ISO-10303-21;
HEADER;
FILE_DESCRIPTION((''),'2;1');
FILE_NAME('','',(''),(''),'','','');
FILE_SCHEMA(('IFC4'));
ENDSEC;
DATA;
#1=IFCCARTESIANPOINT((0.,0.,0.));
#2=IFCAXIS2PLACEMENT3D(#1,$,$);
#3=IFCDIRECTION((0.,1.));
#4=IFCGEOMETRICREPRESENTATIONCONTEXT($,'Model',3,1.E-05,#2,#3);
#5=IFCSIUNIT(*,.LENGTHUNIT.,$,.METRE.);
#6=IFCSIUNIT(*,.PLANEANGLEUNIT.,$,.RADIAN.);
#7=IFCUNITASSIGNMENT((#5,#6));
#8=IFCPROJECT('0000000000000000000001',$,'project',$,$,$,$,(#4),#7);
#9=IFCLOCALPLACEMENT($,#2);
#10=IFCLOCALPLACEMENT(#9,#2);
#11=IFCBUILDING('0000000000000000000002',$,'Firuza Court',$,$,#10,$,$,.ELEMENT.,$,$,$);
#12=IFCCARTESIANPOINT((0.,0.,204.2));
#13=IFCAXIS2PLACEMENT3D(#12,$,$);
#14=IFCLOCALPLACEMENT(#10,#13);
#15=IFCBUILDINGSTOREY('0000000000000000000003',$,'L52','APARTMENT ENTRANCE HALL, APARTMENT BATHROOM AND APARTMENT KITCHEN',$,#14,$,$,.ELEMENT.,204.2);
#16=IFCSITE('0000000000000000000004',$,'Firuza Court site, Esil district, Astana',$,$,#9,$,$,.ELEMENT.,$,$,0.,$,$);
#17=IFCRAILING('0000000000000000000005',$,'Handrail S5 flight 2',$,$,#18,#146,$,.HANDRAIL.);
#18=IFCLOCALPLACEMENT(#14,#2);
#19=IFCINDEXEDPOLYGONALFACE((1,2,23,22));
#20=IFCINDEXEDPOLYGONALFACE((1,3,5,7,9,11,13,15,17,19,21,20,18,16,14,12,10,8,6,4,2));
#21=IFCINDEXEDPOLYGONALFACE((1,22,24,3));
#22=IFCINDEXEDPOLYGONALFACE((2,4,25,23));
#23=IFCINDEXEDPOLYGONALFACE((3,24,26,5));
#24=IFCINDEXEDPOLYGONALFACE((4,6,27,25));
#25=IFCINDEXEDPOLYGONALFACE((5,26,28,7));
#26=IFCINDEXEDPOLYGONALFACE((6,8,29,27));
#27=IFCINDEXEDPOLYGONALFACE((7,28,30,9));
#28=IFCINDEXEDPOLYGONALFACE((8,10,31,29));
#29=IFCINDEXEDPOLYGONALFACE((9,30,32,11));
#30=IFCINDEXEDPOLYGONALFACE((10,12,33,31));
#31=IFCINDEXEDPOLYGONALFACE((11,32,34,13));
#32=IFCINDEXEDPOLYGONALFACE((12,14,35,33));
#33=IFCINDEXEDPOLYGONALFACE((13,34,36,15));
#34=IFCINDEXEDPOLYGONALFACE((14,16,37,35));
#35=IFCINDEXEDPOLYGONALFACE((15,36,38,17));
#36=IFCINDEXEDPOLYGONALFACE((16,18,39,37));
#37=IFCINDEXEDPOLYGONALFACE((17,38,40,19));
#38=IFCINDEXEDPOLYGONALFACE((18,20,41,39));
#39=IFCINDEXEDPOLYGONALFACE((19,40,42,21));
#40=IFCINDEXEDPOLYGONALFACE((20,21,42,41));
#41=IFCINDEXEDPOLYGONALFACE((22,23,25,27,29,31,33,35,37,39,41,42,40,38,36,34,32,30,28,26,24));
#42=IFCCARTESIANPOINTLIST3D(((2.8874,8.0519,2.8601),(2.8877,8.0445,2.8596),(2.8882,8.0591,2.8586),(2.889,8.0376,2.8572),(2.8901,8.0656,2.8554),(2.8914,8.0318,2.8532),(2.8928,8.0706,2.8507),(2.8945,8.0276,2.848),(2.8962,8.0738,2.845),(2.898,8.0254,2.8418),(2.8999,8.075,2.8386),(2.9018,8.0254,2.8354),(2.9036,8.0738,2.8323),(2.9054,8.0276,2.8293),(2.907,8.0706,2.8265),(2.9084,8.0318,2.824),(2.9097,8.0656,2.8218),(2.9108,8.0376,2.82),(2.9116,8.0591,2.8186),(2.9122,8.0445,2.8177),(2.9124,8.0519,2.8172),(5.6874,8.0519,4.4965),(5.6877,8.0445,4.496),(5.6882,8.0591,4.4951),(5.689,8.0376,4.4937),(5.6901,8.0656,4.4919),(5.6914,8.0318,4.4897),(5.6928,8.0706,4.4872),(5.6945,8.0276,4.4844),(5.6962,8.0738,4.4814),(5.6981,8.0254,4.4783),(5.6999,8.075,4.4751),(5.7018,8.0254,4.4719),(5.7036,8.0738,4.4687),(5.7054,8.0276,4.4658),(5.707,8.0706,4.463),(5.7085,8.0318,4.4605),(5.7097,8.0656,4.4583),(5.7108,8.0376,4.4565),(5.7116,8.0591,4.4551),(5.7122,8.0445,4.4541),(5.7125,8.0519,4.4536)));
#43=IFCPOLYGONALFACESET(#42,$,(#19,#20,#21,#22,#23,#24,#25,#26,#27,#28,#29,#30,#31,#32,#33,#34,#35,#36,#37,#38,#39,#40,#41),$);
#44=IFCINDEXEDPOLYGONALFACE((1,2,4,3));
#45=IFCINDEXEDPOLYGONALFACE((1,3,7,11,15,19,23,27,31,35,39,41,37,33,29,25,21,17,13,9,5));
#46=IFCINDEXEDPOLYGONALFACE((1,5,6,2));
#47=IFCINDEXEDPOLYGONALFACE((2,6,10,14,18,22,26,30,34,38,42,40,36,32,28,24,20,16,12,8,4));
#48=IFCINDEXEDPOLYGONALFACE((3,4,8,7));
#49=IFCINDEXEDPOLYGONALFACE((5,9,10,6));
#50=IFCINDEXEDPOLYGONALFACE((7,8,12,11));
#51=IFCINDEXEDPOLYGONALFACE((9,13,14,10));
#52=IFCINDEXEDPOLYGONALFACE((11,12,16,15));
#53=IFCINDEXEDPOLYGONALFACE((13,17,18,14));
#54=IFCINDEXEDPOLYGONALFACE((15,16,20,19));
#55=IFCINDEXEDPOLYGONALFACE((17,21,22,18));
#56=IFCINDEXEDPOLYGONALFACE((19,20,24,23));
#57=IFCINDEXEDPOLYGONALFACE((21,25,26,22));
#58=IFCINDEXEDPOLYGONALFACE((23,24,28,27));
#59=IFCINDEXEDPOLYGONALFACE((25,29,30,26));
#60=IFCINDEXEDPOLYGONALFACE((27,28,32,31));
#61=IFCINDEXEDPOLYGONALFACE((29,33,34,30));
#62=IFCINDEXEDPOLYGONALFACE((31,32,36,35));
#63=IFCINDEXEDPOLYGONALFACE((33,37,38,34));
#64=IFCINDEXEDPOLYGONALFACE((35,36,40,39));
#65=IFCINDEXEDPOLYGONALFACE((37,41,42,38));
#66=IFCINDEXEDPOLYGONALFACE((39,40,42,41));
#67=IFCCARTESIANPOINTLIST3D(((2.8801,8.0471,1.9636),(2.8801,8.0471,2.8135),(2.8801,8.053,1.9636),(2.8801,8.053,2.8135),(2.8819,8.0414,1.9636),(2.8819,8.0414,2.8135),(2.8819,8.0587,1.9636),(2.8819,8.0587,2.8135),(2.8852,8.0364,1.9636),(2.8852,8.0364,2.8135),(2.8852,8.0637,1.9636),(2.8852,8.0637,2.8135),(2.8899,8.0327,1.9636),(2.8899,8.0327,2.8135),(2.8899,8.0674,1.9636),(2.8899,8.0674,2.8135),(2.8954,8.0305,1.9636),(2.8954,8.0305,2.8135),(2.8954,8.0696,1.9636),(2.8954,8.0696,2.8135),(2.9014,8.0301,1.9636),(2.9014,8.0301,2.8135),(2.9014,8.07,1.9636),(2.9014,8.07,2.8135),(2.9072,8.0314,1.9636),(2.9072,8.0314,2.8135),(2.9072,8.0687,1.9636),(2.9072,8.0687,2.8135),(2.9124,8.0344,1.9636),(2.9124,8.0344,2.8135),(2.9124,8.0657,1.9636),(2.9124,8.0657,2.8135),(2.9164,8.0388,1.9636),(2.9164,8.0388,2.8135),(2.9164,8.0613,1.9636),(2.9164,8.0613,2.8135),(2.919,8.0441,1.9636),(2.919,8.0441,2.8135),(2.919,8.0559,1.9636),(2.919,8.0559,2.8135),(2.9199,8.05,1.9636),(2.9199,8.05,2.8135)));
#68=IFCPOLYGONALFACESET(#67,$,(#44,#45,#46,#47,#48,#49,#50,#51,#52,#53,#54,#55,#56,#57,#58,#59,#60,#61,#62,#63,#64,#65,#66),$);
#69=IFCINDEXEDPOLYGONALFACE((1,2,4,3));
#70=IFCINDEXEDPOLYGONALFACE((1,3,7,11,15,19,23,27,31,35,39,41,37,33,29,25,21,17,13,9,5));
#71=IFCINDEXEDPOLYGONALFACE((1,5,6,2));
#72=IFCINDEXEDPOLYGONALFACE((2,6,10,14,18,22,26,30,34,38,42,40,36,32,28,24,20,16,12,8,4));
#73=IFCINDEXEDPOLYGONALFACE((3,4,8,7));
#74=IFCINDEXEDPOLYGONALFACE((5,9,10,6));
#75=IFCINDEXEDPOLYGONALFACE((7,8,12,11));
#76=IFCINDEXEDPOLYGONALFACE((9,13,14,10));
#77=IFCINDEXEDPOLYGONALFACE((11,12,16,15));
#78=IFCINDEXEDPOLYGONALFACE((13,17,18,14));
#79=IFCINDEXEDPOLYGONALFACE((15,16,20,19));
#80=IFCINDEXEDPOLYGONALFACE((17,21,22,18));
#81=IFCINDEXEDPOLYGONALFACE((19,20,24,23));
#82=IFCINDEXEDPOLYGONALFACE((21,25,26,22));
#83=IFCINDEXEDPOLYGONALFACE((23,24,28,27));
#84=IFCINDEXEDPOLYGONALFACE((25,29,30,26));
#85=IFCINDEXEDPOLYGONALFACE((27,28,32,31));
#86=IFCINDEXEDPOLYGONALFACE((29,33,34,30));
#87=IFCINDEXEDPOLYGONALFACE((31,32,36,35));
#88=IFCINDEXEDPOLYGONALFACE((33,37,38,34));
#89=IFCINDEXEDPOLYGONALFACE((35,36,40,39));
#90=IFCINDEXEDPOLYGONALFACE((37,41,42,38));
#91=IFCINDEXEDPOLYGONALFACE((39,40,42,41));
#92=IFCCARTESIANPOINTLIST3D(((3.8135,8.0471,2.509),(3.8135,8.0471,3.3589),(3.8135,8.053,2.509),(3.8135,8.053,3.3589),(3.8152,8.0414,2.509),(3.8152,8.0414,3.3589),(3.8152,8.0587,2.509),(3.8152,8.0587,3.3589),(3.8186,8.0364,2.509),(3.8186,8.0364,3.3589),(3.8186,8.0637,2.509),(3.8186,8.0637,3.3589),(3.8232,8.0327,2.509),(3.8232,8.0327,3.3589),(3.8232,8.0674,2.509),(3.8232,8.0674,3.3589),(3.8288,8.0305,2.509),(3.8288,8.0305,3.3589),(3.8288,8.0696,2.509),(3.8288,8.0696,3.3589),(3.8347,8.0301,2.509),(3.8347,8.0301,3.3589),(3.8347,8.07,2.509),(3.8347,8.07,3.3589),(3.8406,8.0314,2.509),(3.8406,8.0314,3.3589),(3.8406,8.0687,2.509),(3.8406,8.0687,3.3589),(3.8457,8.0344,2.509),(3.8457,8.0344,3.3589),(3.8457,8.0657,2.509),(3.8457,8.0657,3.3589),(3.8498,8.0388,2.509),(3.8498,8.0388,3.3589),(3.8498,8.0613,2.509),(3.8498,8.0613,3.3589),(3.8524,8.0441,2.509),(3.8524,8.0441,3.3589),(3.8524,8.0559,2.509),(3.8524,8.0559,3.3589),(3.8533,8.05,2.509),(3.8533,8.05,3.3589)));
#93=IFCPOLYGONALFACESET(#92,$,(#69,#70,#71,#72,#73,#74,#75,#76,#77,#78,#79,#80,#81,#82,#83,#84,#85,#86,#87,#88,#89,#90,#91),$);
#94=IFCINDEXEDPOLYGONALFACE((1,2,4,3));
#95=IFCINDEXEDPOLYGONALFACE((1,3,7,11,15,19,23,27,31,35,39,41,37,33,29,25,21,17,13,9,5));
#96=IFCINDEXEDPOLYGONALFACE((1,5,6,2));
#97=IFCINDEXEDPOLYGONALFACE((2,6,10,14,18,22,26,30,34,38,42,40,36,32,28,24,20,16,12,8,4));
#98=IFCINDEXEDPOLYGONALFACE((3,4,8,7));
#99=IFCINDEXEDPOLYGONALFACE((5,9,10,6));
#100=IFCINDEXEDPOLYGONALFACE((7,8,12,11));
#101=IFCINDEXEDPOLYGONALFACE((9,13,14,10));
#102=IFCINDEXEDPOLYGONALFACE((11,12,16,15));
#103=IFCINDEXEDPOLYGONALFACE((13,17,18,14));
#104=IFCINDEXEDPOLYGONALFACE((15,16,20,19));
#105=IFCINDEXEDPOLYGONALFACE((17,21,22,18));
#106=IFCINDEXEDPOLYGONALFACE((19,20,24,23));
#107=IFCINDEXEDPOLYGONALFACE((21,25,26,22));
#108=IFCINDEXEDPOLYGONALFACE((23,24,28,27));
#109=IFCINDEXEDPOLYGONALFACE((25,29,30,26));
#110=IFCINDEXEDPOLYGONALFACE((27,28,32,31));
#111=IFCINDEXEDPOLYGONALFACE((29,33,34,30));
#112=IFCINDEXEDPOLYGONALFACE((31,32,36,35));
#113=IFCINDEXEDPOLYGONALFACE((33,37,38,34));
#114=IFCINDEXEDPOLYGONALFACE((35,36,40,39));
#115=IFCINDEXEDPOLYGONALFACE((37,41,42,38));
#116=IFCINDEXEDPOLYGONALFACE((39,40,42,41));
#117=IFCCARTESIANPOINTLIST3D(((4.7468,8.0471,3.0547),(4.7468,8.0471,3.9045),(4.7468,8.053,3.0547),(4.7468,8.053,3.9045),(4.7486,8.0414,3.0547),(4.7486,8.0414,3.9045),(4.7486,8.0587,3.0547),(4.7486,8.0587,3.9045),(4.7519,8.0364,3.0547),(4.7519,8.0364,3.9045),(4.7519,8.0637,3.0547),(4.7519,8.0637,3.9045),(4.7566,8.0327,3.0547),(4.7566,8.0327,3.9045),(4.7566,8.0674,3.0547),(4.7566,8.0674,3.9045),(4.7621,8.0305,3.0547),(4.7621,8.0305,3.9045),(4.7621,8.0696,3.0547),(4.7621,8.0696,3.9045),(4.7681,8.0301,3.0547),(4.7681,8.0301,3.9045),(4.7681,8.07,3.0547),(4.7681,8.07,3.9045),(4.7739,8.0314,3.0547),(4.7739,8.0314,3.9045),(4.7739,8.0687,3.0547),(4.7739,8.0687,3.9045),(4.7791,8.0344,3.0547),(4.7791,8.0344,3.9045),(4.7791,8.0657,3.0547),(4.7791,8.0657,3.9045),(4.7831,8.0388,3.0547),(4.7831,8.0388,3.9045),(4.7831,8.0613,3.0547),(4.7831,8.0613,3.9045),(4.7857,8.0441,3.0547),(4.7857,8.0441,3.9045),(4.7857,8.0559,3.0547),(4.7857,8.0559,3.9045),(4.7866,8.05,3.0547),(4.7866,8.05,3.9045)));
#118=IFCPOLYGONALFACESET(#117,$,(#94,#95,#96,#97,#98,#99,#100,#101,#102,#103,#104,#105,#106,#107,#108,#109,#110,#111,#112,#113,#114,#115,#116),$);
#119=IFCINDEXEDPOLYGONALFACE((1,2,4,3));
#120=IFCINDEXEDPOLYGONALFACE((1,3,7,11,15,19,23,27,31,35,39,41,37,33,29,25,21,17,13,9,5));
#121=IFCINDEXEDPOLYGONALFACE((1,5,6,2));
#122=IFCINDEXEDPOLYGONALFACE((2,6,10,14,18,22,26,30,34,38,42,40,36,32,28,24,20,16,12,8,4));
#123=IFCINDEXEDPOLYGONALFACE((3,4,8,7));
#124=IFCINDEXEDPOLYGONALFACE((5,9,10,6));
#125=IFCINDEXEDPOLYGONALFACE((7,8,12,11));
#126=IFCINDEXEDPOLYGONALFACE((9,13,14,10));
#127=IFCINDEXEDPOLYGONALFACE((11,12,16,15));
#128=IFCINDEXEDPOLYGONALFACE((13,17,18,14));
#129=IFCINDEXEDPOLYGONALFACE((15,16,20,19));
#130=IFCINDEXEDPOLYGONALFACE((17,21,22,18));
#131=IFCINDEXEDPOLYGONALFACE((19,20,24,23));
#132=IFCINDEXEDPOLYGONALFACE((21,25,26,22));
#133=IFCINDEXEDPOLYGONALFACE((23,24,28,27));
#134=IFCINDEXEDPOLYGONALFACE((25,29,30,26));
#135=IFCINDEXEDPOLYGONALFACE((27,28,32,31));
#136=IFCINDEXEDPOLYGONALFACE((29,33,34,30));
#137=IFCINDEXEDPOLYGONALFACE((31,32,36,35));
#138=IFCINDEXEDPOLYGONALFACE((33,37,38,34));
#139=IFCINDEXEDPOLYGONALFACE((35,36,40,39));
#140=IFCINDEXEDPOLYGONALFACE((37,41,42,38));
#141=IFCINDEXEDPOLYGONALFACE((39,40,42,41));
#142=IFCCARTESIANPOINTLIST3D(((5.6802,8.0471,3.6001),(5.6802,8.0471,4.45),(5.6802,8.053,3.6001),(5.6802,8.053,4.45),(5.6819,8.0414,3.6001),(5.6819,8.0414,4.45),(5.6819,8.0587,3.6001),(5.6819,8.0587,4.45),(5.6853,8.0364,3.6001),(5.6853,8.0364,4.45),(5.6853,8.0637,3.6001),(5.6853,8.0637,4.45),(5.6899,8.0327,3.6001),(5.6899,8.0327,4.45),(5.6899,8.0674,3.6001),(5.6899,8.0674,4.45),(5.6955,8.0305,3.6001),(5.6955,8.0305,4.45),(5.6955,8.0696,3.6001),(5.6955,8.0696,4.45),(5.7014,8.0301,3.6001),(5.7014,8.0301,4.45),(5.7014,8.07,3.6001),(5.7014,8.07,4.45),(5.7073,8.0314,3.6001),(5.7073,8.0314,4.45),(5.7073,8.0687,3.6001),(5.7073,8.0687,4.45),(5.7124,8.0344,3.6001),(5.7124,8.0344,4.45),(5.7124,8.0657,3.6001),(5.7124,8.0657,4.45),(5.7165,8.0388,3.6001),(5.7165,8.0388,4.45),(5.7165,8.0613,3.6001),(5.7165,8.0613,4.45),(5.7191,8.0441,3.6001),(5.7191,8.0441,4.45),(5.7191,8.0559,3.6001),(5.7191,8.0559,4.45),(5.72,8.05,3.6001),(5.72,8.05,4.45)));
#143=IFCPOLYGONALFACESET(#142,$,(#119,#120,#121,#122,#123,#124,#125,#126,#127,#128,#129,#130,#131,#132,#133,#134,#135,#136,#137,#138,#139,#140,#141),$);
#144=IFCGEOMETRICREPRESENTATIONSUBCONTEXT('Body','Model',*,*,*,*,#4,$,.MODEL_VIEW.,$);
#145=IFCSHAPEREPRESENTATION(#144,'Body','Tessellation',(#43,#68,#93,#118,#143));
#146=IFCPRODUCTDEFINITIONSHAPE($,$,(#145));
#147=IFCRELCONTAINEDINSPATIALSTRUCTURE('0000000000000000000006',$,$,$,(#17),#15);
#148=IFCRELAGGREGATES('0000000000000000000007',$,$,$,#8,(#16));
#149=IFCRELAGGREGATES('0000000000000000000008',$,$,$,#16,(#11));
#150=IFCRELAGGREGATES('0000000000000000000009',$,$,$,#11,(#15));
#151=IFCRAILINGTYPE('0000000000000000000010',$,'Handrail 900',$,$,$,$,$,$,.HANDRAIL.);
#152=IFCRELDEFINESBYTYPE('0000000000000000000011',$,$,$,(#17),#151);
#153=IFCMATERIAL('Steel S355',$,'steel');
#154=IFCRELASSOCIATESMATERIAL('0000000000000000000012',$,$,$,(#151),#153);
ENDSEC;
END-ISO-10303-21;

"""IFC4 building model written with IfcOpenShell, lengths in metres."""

from ifc_helpers import new_model, si_unit, direction, frame, origin, origin_2d, place, context, subcontext, project, spatial, circle, extrude, material, type_object, element, save


model = new_model("IFC4")

# Units and contexts
model_context = context("Model", 3, precision=1e-05, world=origin(), true_north=direction((0.0, 1.0)))
body_context = subcontext(model_context, "Body", "Model", "MODEL_VIEW")
ifc_project = project(units=[si_unit("LENGTHUNIT", "METRE"), si_unit("PLANEANGLEUNIT", "RADIAN")], contexts=[model_context])

# Site, building, storey
site_placement = place(None, origin())
site = spatial("IfcSite", under=ifc_project, at=site_placement, Name="Firuza Court site, Esil district, Astana", CompositionType="ELEMENT", RefElevation=0.0)
building_placement = place(site_placement, origin())
building = spatial("IfcBuilding", under=site, at=building_placement, Name="Firuza Court", CompositionType="ELEMENT")
storey_placement = place(building_placement, frame((0.0, 0.0, 204.2)))
storey = spatial("IfcBuildingStorey", under=building, at=storey_placement, Name="L52", Description="APARTMENT ENTRANCE HALL, APARTMENT BATHROOM AND APARTMENT KITCHEN", CompositionType="ELEMENT", Elevation=204.2)

# Railing
ifc_material_1 = material(Name="Steel S355", Category="steel")
railing_type_1 = type_object("IfcRailingType", Name="Handrail 900", PredefinedType="HANDRAIL", material=ifc_material_1)
railing_1_placement = place(storey_placement, frame((2.8999, 8.05, 1.9636)))
element("IfcRailing", 1, at=railing_1_placement, inside=storey, type_object=railing_type_1, Name="Handrail S5 flight 2", PredefinedType="HANDRAIL", context=body_context, shape_type="SweptSolid", body=[
    extrude(circle(Radius=0.0249, at=origin_2d()), frame((0.0, 0.0, 0.875), z_axis=(0.863361, 0.0, 0.504587), x_axis=(0.0, 1.0, 0.0)), (0.0, 0.0, 1.0), 3.2432),
    extrude(circle(Radius=0.02, at=origin_2d()), origin(), (0.0, 0.0, 1.0), 0.8499),
    extrude(circle(Radius=0.02, at=origin_2d()), frame((0.9333, 0.0, 0.5454)), (0.0, 0.0, 1.0), 0.8499),
    extrude(circle(Radius=0.02, at=origin_2d()), frame((1.8667, 0.0, 1.0911)), (0.0, 0.0, 1.0), 0.8499),
    extrude(circle(Radius=0.02, at=origin_2d()), frame((2.8, 0.0, 1.6365)), (0.0, 0.0, 1.0), 0.8499),
])

save(model, "model.ifc")
